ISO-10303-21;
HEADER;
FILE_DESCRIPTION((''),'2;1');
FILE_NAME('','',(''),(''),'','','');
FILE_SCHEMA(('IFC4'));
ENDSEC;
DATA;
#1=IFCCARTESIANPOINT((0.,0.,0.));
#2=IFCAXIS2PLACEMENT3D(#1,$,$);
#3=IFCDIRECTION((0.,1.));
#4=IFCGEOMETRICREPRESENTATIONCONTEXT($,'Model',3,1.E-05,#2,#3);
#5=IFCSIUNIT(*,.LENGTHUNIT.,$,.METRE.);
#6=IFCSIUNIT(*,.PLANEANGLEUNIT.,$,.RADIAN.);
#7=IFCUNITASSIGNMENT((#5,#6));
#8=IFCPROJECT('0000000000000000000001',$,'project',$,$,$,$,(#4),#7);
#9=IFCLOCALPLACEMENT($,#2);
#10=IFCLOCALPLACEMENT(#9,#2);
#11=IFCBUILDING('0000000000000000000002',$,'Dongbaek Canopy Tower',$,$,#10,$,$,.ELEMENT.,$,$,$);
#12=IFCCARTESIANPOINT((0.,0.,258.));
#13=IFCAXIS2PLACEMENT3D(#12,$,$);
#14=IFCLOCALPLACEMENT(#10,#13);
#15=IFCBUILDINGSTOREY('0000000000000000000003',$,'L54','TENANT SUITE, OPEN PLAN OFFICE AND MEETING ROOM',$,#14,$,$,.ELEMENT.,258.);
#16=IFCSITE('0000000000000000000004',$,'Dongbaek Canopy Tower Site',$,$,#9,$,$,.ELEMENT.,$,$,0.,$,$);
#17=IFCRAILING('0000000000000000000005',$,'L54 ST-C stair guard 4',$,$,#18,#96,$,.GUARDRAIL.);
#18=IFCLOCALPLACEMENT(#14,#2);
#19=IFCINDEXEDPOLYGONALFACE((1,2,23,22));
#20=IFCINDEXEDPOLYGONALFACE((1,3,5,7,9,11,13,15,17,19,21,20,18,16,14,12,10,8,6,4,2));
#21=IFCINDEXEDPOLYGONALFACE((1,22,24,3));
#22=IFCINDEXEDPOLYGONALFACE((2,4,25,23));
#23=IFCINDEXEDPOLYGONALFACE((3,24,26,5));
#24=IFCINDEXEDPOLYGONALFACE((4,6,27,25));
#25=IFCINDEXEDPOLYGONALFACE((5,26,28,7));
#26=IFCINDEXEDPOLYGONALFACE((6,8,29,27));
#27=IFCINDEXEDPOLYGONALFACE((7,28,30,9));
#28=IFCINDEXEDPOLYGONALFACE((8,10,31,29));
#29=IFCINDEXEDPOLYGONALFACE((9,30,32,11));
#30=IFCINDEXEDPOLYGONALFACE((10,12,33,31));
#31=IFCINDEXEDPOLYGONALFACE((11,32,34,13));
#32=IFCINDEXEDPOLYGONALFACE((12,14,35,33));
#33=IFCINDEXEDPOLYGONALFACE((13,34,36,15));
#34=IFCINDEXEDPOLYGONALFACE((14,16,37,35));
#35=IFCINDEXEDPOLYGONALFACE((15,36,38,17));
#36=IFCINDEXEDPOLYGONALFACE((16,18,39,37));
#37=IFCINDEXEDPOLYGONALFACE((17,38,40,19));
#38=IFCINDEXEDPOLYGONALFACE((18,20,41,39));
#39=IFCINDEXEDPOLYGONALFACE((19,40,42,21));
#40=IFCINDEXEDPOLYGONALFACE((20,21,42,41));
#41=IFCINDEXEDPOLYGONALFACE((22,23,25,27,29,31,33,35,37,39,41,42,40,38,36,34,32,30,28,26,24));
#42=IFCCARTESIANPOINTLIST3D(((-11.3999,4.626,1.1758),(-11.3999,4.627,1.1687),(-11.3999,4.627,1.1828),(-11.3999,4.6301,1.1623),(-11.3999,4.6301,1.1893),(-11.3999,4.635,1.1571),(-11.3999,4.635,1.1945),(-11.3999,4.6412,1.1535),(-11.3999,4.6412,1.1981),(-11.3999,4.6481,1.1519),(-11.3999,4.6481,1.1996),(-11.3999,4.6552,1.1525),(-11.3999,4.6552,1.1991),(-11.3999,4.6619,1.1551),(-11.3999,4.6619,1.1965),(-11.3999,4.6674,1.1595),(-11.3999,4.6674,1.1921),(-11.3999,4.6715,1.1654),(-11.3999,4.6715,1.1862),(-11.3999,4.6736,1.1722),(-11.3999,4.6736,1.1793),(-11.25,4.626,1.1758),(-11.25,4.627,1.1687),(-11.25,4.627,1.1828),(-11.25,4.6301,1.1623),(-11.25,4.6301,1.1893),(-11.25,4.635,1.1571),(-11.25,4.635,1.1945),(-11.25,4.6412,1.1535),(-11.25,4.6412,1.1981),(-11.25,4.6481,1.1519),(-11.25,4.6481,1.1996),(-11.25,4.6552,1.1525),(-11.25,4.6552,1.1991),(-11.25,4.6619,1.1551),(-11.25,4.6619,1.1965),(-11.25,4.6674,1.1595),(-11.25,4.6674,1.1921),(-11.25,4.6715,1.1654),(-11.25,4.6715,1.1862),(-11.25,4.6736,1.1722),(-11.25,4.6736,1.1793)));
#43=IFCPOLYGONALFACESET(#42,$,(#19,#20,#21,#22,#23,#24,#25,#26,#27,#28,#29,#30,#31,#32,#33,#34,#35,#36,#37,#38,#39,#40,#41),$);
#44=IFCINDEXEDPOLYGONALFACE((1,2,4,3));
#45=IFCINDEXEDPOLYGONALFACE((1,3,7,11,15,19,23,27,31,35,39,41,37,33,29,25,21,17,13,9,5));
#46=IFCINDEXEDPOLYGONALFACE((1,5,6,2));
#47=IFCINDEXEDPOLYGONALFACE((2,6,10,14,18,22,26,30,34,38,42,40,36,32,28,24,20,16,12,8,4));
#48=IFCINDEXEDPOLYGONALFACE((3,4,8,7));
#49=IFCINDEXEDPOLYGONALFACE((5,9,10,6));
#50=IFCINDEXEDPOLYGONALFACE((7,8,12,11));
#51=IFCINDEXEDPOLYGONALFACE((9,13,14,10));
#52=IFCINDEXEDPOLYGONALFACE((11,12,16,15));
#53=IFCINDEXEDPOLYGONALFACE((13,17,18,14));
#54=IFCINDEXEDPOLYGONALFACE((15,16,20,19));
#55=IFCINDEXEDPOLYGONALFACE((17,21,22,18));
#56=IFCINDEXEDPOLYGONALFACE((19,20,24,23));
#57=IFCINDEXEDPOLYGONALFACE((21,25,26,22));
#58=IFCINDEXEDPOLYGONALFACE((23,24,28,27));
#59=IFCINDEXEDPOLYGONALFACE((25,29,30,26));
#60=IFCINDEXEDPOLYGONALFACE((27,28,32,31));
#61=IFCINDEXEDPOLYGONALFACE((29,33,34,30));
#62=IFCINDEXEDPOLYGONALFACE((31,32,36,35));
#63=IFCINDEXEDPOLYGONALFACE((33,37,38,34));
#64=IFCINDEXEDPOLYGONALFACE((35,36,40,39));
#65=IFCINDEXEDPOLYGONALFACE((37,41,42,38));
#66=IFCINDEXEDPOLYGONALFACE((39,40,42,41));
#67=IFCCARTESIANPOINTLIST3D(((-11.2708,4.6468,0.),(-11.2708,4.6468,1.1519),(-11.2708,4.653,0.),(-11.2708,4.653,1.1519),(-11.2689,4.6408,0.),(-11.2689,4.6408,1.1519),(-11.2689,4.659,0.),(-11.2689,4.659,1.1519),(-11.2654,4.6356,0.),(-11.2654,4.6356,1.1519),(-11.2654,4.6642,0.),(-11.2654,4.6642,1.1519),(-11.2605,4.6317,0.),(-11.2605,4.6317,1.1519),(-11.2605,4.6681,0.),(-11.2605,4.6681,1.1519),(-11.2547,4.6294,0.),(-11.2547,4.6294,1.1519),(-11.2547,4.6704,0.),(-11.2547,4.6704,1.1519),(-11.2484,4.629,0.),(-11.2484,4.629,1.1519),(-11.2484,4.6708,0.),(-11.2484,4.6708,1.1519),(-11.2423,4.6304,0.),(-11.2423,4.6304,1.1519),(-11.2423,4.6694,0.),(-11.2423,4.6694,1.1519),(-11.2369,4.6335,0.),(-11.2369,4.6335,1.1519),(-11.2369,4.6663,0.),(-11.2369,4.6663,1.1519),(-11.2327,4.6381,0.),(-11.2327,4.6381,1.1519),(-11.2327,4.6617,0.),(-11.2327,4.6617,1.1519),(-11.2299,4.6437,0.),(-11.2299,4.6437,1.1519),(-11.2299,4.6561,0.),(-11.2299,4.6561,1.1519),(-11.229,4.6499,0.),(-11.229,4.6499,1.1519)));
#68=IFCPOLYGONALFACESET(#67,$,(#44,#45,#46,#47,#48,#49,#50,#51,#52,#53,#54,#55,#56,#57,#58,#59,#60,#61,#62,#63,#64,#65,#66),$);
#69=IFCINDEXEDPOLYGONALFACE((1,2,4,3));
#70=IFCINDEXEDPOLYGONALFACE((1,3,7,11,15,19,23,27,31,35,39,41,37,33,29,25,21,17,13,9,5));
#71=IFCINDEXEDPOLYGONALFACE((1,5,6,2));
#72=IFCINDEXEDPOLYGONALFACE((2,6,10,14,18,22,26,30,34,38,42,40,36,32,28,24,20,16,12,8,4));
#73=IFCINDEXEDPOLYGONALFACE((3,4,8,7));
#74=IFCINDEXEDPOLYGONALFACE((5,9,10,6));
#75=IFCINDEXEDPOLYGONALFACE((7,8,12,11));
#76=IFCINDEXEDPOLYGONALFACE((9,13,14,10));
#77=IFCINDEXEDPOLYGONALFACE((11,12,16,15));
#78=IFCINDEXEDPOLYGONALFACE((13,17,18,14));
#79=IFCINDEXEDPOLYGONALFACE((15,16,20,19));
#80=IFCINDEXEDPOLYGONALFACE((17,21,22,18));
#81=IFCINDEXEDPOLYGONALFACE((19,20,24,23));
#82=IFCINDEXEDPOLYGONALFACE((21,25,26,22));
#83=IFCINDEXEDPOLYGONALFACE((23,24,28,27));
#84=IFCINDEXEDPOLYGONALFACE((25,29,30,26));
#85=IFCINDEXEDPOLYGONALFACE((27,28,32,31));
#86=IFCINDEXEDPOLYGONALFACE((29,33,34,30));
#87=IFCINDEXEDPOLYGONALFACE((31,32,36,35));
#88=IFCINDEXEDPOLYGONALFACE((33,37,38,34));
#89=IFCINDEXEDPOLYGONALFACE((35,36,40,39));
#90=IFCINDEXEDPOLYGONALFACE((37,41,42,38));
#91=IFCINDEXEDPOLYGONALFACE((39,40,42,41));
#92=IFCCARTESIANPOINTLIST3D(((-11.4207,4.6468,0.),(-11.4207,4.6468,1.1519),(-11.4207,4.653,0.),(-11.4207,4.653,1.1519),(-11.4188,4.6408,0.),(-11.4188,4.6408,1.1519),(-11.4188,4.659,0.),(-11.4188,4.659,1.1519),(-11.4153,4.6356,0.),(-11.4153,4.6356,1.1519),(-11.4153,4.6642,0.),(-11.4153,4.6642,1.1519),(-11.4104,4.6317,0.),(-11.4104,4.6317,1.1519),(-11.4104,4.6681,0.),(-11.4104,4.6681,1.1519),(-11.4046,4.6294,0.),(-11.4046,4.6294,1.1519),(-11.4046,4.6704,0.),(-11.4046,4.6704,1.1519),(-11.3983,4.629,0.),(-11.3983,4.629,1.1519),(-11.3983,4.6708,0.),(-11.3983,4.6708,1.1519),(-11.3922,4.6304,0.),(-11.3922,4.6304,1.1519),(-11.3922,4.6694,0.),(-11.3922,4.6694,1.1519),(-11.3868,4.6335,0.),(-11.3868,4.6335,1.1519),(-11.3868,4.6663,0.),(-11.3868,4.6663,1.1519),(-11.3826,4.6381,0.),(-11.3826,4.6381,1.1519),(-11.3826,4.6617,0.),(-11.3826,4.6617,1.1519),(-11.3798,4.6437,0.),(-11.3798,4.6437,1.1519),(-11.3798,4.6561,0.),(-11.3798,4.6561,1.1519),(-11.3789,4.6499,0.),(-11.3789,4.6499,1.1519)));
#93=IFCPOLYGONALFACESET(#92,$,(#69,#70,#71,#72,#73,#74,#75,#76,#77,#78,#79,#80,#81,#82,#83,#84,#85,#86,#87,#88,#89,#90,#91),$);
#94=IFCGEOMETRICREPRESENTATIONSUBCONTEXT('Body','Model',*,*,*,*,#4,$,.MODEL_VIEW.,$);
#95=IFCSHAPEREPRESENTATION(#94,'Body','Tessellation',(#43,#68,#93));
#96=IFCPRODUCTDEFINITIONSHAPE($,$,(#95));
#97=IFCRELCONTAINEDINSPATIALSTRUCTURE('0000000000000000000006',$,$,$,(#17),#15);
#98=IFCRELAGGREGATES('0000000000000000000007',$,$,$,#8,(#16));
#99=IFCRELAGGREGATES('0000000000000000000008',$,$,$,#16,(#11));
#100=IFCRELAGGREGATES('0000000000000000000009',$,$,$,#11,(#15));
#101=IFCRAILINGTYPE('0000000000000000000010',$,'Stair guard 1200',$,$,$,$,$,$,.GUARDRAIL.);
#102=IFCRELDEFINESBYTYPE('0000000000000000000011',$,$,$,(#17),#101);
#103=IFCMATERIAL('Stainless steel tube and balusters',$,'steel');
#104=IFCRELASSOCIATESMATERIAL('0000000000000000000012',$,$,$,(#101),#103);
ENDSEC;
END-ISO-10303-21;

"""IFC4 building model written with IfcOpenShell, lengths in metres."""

from ifc_helpers import new_model, si_unit, direction, frame, origin, origin_2d, place, context, subcontext, project, spatial, circle, extrude, material, type_object, element, save


model = new_model("IFC4")

# Units and contexts
model_context = context("Model", 3, precision=1e-05, world=origin(), true_north=direction((0.0, 1.0)))
body_context = subcontext(model_context, "Body", "Model", "MODEL_VIEW")
ifc_project = project(units=[si_unit("LENGTHUNIT", "METRE"), si_unit("PLANEANGLEUNIT", "RADIAN")], contexts=[model_context])

# Site, building, storey
site_placement = place(None, origin())
site = spatial("IfcSite", under=ifc_project, at=site_placement, Name="Dongbaek Canopy Tower Site", CompositionType="ELEMENT", RefElevation=0.0)
building_placement = place(site_placement, origin())
building = spatial("IfcBuilding", under=site, at=building_placement, Name="Dongbaek Canopy Tower", CompositionType="ELEMENT")
storey_placement = place(building_placement, frame((0.0, 0.0, 258.0)))
storey = spatial("IfcBuildingStorey", under=building, at=storey_placement, Name="L54", Description="TENANT SUITE, OPEN PLAN OFFICE AND MEETING ROOM", CompositionType="ELEMENT", Elevation=258.0)

# Railing
ifc_material_1 = material(Name="Stainless steel tube and balusters", Category="steel")
railing_type_1 = type_object("IfcRailingType", Name="Stair guard 1200", PredefinedType="GUARDRAIL", material=ifc_material_1)
railing_1_placement = place(storey_placement, frame((-11.25, 4.6499, 0.0)))
element("IfcRailing", 1, at=railing_1_placement, inside=storey, type_object=railing_type_1, Name="L54 ST-C stair guard 4", PredefinedType="GUARDRAIL", context=body_context, shape_type="SweptSolid", body=[
    extrude(circle(Radius=0.0239, at=origin_2d()), frame((0.0, 0.0, 1.1758), z_axis=(-1.0, 0.0, 0.0), x_axis=(0.0, -1.0, 0.0)), (0.0, 0.0, 1.0), 0.1499),
    extrude(circle(Radius=0.021, at=origin_2d()), origin(), (0.0, 0.0, 1.0), 1.1519),
    extrude(circle(Radius=0.021, at=origin_2d()), frame((-0.1499, 0.0, 0.0)), (0.0, 0.0, 1.0), 1.1519),
])

save(model, "model.ifc")
